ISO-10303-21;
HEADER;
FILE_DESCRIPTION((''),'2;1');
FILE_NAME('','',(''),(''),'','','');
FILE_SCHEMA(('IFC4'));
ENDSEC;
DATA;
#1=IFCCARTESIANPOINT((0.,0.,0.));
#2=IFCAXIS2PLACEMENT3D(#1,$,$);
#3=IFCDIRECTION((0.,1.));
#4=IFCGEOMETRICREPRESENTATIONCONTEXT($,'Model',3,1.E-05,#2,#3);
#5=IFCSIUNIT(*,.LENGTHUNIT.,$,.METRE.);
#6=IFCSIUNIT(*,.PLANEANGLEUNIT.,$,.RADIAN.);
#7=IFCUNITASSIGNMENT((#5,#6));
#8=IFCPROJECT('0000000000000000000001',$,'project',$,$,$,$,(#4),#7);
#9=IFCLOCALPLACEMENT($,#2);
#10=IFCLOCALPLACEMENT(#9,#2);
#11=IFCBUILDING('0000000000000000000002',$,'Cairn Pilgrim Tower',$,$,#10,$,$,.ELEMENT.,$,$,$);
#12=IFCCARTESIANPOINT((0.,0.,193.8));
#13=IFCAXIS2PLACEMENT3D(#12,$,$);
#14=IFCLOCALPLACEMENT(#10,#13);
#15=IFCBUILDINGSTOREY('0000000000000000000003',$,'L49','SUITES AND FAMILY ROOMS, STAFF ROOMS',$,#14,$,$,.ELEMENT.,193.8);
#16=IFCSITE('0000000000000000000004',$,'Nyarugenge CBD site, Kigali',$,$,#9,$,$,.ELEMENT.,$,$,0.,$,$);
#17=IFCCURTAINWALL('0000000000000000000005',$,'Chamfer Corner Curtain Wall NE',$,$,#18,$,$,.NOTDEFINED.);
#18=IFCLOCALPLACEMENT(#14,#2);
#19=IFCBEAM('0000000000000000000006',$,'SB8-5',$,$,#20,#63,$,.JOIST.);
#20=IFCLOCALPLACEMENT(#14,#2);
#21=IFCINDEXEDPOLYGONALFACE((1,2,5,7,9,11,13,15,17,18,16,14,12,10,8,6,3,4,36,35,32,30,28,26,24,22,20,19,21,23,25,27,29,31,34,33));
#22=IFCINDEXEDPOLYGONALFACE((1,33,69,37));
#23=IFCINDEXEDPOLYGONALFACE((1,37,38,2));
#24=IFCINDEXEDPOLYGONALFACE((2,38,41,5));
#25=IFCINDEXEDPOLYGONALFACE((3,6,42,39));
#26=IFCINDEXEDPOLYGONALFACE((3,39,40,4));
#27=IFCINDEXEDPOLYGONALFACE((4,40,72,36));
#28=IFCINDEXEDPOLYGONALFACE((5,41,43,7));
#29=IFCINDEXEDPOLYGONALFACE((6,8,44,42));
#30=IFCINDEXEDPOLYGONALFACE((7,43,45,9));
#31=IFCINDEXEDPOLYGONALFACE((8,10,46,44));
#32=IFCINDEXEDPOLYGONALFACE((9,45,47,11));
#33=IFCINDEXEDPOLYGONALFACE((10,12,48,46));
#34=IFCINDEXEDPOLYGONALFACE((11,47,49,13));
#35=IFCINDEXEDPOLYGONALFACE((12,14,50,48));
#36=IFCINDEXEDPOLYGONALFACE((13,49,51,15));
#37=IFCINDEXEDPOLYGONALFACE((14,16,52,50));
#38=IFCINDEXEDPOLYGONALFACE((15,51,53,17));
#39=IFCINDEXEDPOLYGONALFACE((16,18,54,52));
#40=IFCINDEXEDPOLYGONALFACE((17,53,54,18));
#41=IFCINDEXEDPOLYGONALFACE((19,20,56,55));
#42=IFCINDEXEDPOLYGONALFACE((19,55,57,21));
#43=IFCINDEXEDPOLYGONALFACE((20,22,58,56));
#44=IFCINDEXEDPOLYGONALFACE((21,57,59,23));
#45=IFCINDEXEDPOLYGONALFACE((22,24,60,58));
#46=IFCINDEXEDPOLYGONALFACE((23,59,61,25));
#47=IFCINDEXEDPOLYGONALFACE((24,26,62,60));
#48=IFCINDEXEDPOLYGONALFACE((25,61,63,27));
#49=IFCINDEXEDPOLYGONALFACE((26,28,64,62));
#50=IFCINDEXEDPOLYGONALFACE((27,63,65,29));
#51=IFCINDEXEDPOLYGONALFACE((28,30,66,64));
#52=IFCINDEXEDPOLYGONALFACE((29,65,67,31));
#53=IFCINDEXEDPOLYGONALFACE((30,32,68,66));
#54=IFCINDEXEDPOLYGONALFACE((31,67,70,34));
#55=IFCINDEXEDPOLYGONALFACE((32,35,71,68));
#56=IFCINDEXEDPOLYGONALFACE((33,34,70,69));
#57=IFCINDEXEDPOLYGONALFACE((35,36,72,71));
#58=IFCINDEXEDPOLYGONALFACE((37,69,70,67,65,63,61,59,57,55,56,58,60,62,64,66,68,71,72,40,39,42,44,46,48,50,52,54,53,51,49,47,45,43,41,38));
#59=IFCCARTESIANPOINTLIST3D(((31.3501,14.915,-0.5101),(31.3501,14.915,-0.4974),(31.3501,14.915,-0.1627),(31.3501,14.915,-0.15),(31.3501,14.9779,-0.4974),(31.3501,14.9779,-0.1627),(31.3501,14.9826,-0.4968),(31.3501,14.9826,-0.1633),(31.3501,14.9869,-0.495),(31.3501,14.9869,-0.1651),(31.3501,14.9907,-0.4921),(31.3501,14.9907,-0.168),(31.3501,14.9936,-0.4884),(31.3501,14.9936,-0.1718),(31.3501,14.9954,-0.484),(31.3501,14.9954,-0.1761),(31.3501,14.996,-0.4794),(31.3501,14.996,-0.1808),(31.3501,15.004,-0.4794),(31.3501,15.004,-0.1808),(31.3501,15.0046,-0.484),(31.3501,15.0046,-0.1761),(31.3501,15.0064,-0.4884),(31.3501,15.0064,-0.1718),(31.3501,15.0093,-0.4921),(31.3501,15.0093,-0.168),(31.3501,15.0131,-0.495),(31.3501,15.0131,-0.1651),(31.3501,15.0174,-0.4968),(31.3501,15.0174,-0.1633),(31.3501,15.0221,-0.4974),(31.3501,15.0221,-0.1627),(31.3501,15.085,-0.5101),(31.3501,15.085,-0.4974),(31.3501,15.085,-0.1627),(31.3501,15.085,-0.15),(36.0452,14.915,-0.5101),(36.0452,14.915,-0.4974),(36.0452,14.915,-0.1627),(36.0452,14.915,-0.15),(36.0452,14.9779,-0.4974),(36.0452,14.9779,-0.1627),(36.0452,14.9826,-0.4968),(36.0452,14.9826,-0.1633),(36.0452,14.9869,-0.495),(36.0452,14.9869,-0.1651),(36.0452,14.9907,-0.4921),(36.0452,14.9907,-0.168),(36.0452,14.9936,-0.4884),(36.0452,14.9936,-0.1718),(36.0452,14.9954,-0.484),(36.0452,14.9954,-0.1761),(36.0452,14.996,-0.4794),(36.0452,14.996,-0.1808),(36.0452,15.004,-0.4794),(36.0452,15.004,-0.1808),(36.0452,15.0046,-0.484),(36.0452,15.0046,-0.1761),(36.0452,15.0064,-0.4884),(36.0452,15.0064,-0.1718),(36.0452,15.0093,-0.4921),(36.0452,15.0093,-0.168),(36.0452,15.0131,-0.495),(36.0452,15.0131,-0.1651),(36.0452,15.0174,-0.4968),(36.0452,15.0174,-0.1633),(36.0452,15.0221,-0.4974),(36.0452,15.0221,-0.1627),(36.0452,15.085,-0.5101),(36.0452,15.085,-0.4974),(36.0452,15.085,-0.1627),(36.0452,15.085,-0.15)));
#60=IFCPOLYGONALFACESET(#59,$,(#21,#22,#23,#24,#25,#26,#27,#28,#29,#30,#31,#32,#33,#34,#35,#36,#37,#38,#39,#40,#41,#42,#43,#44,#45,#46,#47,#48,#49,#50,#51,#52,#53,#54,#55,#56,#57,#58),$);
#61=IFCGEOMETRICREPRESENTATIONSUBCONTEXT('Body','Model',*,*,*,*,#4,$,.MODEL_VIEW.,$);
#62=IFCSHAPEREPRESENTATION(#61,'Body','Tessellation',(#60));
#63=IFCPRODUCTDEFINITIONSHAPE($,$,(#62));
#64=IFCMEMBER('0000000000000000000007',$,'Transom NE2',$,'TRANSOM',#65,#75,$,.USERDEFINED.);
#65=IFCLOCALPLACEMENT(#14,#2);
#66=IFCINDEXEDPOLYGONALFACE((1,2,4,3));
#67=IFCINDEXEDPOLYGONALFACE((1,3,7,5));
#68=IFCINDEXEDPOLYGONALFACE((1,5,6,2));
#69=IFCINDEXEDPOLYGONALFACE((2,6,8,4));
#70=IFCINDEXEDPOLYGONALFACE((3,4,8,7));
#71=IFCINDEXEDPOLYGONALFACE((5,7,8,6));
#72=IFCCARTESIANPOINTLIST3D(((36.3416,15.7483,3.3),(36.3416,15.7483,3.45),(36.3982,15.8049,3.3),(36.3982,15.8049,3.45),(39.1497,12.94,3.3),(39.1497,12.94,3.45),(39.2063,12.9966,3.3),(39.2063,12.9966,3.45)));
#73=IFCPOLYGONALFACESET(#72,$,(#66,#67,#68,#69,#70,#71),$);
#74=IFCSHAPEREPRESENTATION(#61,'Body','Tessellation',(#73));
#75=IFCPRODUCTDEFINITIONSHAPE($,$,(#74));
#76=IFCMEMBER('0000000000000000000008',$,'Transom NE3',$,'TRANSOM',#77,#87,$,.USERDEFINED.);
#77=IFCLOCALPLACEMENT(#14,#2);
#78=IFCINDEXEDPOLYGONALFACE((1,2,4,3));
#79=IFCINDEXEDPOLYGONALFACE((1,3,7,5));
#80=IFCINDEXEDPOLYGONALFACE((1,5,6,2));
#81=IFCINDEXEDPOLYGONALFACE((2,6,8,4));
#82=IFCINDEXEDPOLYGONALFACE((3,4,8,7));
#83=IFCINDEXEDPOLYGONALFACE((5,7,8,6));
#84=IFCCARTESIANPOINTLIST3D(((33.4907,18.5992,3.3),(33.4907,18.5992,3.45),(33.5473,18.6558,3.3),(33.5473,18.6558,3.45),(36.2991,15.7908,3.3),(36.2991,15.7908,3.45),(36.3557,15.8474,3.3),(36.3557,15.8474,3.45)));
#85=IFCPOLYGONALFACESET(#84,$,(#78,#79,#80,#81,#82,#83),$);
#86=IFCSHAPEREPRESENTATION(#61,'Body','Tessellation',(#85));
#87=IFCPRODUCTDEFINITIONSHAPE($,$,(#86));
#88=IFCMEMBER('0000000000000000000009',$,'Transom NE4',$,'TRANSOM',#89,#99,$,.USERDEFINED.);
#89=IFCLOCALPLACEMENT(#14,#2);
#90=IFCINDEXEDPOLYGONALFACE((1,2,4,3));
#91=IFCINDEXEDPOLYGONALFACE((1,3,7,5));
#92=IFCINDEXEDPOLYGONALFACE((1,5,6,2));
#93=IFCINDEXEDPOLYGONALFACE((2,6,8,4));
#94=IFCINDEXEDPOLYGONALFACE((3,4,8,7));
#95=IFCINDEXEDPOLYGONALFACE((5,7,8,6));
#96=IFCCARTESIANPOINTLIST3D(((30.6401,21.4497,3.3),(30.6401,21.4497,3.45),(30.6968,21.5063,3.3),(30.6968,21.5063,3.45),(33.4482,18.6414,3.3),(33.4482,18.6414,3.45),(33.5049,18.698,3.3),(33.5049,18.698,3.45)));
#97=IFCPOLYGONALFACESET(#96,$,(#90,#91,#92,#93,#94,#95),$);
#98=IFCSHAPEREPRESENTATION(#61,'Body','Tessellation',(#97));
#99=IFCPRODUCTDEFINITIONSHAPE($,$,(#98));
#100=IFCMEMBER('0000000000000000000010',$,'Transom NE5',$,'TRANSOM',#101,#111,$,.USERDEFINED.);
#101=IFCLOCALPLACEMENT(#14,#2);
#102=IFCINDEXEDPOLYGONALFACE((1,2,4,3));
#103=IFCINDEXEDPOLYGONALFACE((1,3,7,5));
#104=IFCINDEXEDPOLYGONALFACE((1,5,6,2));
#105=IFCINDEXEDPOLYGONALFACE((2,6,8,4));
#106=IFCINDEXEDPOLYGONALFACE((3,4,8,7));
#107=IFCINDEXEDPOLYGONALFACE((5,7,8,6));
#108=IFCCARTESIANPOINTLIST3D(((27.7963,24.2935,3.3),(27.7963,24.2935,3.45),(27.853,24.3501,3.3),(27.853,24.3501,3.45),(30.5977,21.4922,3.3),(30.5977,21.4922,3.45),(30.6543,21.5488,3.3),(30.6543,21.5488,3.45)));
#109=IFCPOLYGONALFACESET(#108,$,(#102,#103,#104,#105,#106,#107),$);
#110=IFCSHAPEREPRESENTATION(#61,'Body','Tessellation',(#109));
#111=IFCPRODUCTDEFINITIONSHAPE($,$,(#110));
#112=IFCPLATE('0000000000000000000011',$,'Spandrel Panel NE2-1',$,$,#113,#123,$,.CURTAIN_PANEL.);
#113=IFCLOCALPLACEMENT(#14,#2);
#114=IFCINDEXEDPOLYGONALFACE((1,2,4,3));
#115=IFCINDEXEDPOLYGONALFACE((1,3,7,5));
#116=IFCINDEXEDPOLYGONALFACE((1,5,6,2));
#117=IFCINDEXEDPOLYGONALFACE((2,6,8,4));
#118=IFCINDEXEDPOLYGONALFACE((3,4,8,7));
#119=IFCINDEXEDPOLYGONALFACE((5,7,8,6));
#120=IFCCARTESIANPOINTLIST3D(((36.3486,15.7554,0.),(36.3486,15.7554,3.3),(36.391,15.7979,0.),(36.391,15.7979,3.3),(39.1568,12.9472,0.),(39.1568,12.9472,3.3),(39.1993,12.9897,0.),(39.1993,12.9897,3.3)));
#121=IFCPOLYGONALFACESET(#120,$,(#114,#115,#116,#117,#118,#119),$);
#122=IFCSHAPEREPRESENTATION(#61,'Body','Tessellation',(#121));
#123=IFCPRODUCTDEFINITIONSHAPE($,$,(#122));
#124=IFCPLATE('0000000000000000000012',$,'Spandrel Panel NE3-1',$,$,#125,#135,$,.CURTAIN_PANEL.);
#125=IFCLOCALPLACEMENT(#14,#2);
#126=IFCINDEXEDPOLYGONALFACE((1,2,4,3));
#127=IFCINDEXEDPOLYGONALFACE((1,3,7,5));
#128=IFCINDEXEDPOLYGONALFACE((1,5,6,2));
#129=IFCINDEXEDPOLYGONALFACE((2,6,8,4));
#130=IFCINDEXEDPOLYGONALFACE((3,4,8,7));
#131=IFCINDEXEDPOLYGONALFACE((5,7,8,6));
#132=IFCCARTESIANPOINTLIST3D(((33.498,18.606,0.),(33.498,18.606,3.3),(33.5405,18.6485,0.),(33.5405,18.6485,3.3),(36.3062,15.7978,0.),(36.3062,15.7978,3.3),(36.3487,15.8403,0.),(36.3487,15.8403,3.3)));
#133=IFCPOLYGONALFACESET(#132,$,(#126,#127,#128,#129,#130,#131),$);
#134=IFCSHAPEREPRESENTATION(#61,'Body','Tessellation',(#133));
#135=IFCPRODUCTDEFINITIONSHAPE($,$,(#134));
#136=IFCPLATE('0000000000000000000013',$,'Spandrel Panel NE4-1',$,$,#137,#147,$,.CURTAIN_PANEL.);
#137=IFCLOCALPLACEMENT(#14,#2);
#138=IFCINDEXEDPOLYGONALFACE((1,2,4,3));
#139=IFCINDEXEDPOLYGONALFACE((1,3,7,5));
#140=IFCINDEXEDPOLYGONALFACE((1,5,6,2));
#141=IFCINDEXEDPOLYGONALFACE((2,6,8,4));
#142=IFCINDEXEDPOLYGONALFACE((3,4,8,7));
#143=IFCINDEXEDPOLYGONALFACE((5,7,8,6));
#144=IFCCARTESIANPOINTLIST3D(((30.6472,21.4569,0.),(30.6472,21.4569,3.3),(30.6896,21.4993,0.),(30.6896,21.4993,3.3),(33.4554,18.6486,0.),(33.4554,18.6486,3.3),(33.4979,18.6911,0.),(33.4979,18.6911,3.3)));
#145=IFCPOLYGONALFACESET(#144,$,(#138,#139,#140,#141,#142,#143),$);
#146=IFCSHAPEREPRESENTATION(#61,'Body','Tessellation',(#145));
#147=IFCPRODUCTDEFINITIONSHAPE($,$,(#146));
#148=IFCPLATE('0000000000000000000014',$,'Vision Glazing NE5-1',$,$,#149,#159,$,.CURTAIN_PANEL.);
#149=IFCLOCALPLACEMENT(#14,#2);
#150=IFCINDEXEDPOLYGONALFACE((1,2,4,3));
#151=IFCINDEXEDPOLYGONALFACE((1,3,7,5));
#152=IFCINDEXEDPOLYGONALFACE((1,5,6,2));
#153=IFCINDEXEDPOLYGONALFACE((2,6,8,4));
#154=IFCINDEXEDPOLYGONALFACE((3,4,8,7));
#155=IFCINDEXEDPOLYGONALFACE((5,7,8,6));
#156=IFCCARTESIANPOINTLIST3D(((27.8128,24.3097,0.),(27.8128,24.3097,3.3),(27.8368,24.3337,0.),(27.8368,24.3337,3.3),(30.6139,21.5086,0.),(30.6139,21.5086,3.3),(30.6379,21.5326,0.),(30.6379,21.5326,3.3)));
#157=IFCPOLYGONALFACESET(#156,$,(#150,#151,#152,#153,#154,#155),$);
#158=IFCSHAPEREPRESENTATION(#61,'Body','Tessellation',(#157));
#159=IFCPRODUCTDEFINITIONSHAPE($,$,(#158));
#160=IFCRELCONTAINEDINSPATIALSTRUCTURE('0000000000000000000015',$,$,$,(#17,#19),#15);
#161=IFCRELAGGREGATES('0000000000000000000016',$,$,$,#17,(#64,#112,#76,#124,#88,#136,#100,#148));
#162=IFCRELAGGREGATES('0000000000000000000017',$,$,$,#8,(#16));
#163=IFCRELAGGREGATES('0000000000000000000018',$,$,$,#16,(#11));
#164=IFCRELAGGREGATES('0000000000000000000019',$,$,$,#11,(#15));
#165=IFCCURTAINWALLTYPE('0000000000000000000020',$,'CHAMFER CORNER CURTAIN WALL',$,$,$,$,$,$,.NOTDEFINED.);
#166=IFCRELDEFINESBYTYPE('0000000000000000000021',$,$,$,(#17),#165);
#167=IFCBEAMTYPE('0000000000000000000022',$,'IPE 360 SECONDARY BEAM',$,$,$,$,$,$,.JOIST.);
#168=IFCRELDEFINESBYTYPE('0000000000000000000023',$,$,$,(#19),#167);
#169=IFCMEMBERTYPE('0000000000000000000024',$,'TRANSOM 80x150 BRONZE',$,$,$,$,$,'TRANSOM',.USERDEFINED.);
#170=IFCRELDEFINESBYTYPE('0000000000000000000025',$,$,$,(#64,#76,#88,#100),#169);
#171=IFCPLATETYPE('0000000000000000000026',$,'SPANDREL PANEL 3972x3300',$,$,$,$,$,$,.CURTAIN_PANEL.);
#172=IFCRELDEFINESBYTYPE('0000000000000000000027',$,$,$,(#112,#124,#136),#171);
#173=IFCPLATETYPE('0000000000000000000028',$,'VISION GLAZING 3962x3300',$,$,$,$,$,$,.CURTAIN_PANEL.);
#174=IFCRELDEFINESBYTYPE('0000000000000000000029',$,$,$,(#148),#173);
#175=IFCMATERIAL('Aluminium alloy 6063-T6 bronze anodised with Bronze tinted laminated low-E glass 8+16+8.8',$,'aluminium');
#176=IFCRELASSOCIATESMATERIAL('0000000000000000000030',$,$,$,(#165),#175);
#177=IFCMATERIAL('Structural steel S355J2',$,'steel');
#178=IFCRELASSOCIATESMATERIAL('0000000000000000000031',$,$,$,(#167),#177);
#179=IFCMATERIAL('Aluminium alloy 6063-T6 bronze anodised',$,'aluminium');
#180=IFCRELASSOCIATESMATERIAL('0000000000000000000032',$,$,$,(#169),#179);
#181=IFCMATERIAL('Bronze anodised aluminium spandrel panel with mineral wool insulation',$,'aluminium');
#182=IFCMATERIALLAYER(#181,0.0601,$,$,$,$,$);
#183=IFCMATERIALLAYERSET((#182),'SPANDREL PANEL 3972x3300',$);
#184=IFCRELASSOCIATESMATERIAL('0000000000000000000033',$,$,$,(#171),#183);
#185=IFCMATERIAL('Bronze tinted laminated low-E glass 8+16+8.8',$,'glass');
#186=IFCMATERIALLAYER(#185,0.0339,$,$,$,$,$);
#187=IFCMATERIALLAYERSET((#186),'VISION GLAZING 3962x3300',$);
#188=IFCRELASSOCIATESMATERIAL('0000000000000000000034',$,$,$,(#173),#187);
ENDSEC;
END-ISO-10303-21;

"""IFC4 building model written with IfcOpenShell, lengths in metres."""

from ifc_helpers import new_model, si_unit, direction, frame, origin, origin_2d, place, context, subcontext, project, spatial, rectangle, i_section, extrude, material, layer, layer_set, material_profile, profile_set, type_object, element, aggregate, save


model = new_model("IFC4")

# Units and contexts
model_context = context("Model", 3, precision=1e-05, world=origin(), true_north=direction((0.0, 1.0)))
body_context = subcontext(model_context, "Body", "Model", "MODEL_VIEW")
ifc_project = project(units=[si_unit("LENGTHUNIT", "METRE"), si_unit("PLANEANGLEUNIT", "RADIAN")], contexts=[model_context])

# Site, building, storey
site_placement = place(None, origin())
site = spatial("IfcSite", under=ifc_project, at=site_placement, Name="Nyarugenge CBD site, Kigali", CompositionType="ELEMENT", RefElevation=0.0)
building_placement = place(site_placement, origin())
building = spatial("IfcBuilding", under=site, at=building_placement, Name="Cairn Pilgrim Tower", CompositionType="ELEMENT")
storey_placement = place(building_placement, frame((0.0, 0.0, 193.8)))
storey = spatial("IfcBuildingStorey", under=building, at=storey_placement, Name="L49", Description="SUITES AND FAMILY ROOMS, STAFF ROOMS", CompositionType="ELEMENT", Elevation=193.8)

# Shared definitions
ifc_material_1 = material(Name="Structural steel S355J2", Category="steel")

# Curtain wall
ifc_material_2 = material(Name="Aluminium alloy 6063-T6 bronze anodised with Bronze tinted laminated low-E glass 8+16+8.8", Category="aluminium")
curtain_wall_type = type_object("IfcCurtainWallType", Name="CHAMFER CORNER CURTAIN WALL", PredefinedType="NOTDEFINED", material=ifc_material_2)
curtain_wall_placement = place(storey_placement, origin())
curtain_wall = element("IfcCurtainWall", 1, at=curtain_wall_placement, inside=storey, type_object=curtain_wall_type, Name="Chamfer Corner Curtain Wall NE", PredefinedType="NOTDEFINED")
ifc_material_3 = material(Name="Aluminium alloy 6063-T6 bronze anodised", Category="aluminium")

# Beam
ifc_material_profile_1 = material_profile(ifc_material_1, i_section(OverallWidth=0.1699, OverallDepth=0.3601, WebThickness=0.0081, FlangeThickness=0.0127, FilletRadius=0.0181, at=origin_2d()), Name="IPE 360")
ifc_profile_set_1 = profile_set([ifc_material_profile_1], Name="Structural steel S355J2")
beam_type_1 = type_object("IfcBeamType", Name="IPE 360 SECONDARY BEAM", PredefinedType="JOIST", material=ifc_profile_set_1)
beam_1_placement = place(storey_placement, frame((31.3501, 15.0, -0.3301), z_axis=(1.0, 0.0, 0.0), x_axis=(0.0, 1.0, 0.0)))
element("IfcBeam", 2, at=beam_1_placement, inside=storey, type_object=beam_type_1, Name="SB8-5", PredefinedType="JOIST", context=body_context, shape_type="SweptSolid", body=[
    extrude(i_section(OverallWidth=0.1699, OverallDepth=0.3601, WebThickness=0.0081, FlangeThickness=0.0127, FilletRadius=0.0181, at=origin_2d()), origin(), (0.0, 0.0, 1.0), 4.6951),
])

# Members
ifc_material_profile_2 = material_profile(ifc_material_3, rectangle(XDim=0.0801, YDim=0.1499, at=origin_2d()), Name="TRANSOM 80x150 BRONZE")
ifc_profile_set_2 = profile_set([ifc_material_profile_2], Name="Aluminium alloy 6063-T6 bronze anodised")
member_type_1 = type_object("IfcMemberType", Name="TRANSOM 80x150 BRONZE", ElementType="TRANSOM", PredefinedType="USERDEFINED", material=ifc_profile_set_2)
member_1_placement = place(storey_placement, frame((39.178, 12.9683, 3.375), z_axis=(-0.707076, 0.707138, 0.0), x_axis=(-0.707138, -0.707076, 0.0)))
member_1 = element("IfcMember", 3, at=member_1_placement, type_object=member_type_1, Name="Transom NE2", ObjectType="TRANSOM", PredefinedType="USERDEFINED", context=body_context, shape_type="SweptSolid", body=[
    extrude(rectangle(XDim=0.0801, YDim=0.1499, at=origin_2d()), origin(), (0.0, 0.0, 1.0), 3.9714),
])
member_2_placement = place(storey_placement, frame((36.3274, 15.8191, 3.375), z_axis=(-0.707107, 0.707107, 0.0), x_axis=(-0.707107, -0.707107, 0.0)))
member_2 = element("IfcMember", 4, at=member_2_placement, type_object=member_type_1, Name="Transom NE3", ObjectType="TRANSOM", PredefinedType="USERDEFINED", context=body_context, shape_type="SweptSolid", body=[
    extrude(rectangle(XDim=0.0801, YDim=0.1499, at=origin_2d()), origin(), (0.0, 0.0, 1.0), 3.9717),
])
member_3_placement = place(storey_placement, frame((33.4766, 18.6697, 3.375), z_axis=(-0.707076, 0.707138, 0.0), x_axis=(-0.707138, -0.707076, 0.0)))
member_3 = element("IfcMember", 5, at=member_3_placement, type_object=member_type_1, Name="Transom NE4", ObjectType="TRANSOM", PredefinedType="USERDEFINED", context=body_context, shape_type="SweptSolid", body=[
    extrude(rectangle(XDim=0.0801, YDim=0.1499, at=origin_2d()), origin(), (0.0, 0.0, 1.0), 3.9714),
])
member_4_placement = place(storey_placement, frame((30.626, 21.5205, 3.375), z_axis=(-0.707107, 0.707107, 0.0), x_axis=(-0.707107, -0.707107, 0.0)))
member_4 = element("IfcMember", 6, at=member_4_placement, type_object=member_type_1, Name="Transom NE5", ObjectType="TRANSOM", PredefinedType="USERDEFINED", context=body_context, shape_type="SweptSolid", body=[
    extrude(rectangle(XDim=0.0801, YDim=0.1499, at=origin_2d()), origin(), (0.0, 0.0, 1.0), 3.9617),
])

# Plates
ifc_material_4 = material(Name="Bronze anodised aluminium spandrel panel with mineral wool insulation", Category="aluminium")
ifc_layer_1 = layer(ifc_material_4, 0.0601)
ifc_layer_set_1 = layer_set([ifc_layer_1], Name="SPANDREL PANEL 3972x3300")
plate_type_1 = type_object("IfcPlateType", Name="SPANDREL PANEL 3972x3300", PredefinedType="CURTAIN_PANEL", material=ifc_layer_set_1)
plate_1_placement = place(storey_placement, frame((37.7739, 14.3726, 0.0), z_axis=(0.0, 0.0, 1.0), x_axis=(-0.707107, 0.707107, 0.0)))
plate_1 = element("IfcPlate", 7, at=plate_1_placement, type_object=plate_type_1, Name="Spandrel Panel NE2-1", PredefinedType="CURTAIN_PANEL", context=body_context, shape_type="SweptSolid", body=[
    extrude(rectangle(XDim=3.9714, YDim=0.0601, at=origin_2d()), origin(), (0.0, 0.0, 1.0), 3.3),
])
plate_2_placement = place(storey_placement, frame((34.9233, 17.2231, 0.0), z_axis=(0.0, 0.0, 1.0), x_axis=(-0.707107, 0.707107, 0.0)))
plate_2 = element("IfcPlate", 8, at=plate_2_placement, type_object=plate_type_1, Name="Spandrel Panel NE3-1", PredefinedType="CURTAIN_PANEL", context=body_context, shape_type="SweptSolid", body=[
    extrude(rectangle(XDim=3.9714, YDim=0.0601, at=origin_2d()), origin(), (0.0, 0.0, 1.0), 3.3),
])
plate_3_placement = place(storey_placement, frame((32.0725, 20.074, 0.0), z_axis=(0.0, 0.0, 1.0), x_axis=(-0.707107, 0.707107, 0.0)))
plate_3 = element("IfcPlate", 9, at=plate_3_placement, type_object=plate_type_1, Name="Spandrel Panel NE4-1", PredefinedType="CURTAIN_PANEL", context=body_context, shape_type="SweptSolid", body=[
    extrude(rectangle(XDim=3.9714, YDim=0.0601, at=origin_2d()), origin(), (0.0, 0.0, 1.0), 3.3),
])
ifc_material_5 = material(Name="Bronze tinted laminated low-E glass 8+16+8.8", Category="glass")
ifc_layer_2 = layer(ifc_material_5, 0.0339)
ifc_layer_set_2 = layer_set([ifc_layer_2], Name="VISION GLAZING 3962x3300")
plate_type_2 = type_object("IfcPlateType", Name="VISION GLAZING 3962x3300", PredefinedType="CURTAIN_PANEL", material=ifc_layer_set_2)
plate_4_placement = place(storey_placement, frame((29.2253, 22.9211, 0.0), z_axis=(0.0, 0.0, 1.0), x_axis=(-0.707107, 0.707107, 0.0)))
plate_4 = element("IfcPlate", 10, at=plate_4_placement, type_object=plate_type_2, Name="Vision Glazing NE5-1", PredefinedType="CURTAIN_PANEL", context=body_context, shape_type="SweptSolid", body=[
    extrude(rectangle(XDim=3.9614, YDim=0.0339, at=origin_2d()), origin(), (0.0, 0.0, 1.0), 3.3),
])
aggregate(curtain_wall, [member_1, plate_1, member_2, plate_2, member_3, plate_3, member_4, plate_4])

save(model, "model.ifc")
